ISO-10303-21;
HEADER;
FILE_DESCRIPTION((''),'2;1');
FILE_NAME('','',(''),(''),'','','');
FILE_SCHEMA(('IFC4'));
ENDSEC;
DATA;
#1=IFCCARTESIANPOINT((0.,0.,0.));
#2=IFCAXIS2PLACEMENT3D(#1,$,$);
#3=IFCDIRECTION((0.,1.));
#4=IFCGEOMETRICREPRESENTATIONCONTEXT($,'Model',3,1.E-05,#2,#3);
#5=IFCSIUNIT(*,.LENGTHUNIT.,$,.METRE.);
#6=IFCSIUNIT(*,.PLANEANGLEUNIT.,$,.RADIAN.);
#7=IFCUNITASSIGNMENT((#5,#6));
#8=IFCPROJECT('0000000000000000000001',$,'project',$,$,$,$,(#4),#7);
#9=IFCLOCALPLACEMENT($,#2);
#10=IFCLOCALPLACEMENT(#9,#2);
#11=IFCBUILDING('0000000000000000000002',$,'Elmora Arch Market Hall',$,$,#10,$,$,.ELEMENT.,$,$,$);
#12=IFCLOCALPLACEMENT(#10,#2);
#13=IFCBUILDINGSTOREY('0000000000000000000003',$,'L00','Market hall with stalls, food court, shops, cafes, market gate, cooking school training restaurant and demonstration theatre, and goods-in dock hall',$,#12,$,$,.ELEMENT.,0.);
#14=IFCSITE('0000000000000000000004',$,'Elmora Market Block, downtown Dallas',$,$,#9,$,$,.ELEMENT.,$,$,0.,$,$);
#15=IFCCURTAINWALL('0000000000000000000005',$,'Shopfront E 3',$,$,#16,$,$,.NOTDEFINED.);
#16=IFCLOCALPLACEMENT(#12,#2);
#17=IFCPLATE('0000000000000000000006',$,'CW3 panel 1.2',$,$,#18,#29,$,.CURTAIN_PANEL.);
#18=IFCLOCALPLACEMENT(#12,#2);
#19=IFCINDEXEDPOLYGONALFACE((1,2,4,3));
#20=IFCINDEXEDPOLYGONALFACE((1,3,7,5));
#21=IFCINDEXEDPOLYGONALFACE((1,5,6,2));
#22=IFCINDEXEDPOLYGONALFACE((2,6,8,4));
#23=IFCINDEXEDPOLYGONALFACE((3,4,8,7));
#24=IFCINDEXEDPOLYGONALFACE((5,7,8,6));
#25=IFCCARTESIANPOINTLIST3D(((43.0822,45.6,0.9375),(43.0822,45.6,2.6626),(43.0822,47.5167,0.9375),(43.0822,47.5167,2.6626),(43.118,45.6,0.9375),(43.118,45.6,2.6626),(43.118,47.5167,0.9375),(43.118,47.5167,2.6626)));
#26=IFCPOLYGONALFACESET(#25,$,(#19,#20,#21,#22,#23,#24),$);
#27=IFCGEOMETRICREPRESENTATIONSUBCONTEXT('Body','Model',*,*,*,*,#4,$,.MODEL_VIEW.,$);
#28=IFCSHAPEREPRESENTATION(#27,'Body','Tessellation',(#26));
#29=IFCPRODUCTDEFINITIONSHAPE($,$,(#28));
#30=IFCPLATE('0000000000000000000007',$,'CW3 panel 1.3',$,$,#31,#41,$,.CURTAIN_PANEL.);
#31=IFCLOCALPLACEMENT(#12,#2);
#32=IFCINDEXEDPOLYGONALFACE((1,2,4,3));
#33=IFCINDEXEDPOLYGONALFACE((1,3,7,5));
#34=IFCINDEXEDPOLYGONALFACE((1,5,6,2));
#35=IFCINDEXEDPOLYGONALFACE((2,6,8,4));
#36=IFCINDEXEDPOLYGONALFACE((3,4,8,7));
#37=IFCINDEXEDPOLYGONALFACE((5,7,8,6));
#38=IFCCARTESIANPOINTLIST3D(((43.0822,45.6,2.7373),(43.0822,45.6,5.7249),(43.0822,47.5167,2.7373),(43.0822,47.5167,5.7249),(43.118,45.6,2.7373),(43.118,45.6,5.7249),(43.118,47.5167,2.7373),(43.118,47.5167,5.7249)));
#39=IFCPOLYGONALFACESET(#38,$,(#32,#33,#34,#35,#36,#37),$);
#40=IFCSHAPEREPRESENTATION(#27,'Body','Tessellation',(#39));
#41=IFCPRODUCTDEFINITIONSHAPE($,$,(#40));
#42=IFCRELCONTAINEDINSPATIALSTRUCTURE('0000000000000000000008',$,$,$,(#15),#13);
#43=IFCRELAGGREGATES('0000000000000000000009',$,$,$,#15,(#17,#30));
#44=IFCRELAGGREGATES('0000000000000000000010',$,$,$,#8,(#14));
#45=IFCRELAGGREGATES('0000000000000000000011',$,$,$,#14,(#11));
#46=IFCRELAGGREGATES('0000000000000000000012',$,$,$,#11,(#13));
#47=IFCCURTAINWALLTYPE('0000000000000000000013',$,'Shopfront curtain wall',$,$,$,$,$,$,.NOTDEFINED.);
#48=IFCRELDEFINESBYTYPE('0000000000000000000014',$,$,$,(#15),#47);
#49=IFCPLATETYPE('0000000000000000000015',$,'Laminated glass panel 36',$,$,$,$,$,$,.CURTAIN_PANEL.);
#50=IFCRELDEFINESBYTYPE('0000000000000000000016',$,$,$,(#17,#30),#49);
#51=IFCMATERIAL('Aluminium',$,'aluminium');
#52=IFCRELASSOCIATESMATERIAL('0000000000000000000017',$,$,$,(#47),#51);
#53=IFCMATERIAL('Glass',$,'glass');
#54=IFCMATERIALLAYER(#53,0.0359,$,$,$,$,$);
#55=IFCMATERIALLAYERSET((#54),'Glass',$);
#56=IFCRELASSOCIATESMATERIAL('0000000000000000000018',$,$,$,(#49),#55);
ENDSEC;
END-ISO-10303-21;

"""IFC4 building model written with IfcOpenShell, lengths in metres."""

from ifc_helpers import new_model, si_unit, direction, frame, origin, origin_2d, place, context, subcontext, project, spatial, rectangle, extrude, material, layer, layer_set, type_object, element, aggregate, save


model = new_model("IFC4")

# Units and contexts
model_context = context("Model", 3, precision=1e-05, world=origin(), true_north=direction((0.0, 1.0)))
body_context = subcontext(model_context, "Body", "Model", "MODEL_VIEW")
ifc_project = project(units=[si_unit("LENGTHUNIT", "METRE"), si_unit("PLANEANGLEUNIT", "RADIAN")], contexts=[model_context])

# Site, building, storey
site_placement = place(None, origin())
site = spatial("IfcSite", under=ifc_project, at=site_placement, Name="Elmora Market Block, downtown Dallas", CompositionType="ELEMENT", RefElevation=0.0)
building_placement = place(site_placement, origin())
building = spatial("IfcBuilding", under=site, at=building_placement, Name="Elmora Arch Market Hall", CompositionType="ELEMENT")
storey_placement = place(building_placement, origin())
storey = spatial("IfcBuildingStorey", under=building, at=storey_placement, Name="L00", Description="Market hall with stalls, food court, shops, cafes, market gate, cooking school training restaurant and demonstration theatre, and goods-in dock hall", CompositionType="ELEMENT", Elevation=0.0)

# Shared definitions
ifc_material_1 = material(Name="Aluminium", Category="aluminium")
curtain_wall_type = type_object("IfcCurtainWallType", Name="Shopfront curtain wall", PredefinedType="NOTDEFINED", material=ifc_material_1)

# Curtain wall
curtain_wall_1_placement = place(storey_placement, origin())
curtain_wall_1 = element("IfcCurtainWall", 1, at=curtain_wall_1_placement, inside=storey, type_object=curtain_wall_type, Name="Shopfront E 3", PredefinedType="NOTDEFINED")

# Plates
ifc_material_2 = material(Name="Glass", Category="glass")
ifc_layer_1 = layer(ifc_material_2, 0.0359)
ifc_layer_set_1 = layer_set([ifc_layer_1], Name="Glass")
plate_type = type_object("IfcPlateType", Name="Laminated glass panel 36", PredefinedType="CURTAIN_PANEL", material=ifc_layer_set_1)
plate_1_placement = place(storey_placement, frame((43.1001, 46.5583, 0.9375), z_axis=(0.0, 0.0, 1.0), x_axis=(0.0, 1.0, 0.0)))
plate_1 = element("IfcPlate", 2, at=plate_1_placement, type_object=plate_type, Name="CW3 panel 1.2", PredefinedType="CURTAIN_PANEL", context=body_context, shape_type="SweptSolid", body=[
    extrude(rectangle(XDim=1.9167, YDim=0.0359, at=origin_2d()), origin(), (0.0, 0.0, 1.0), 1.7251),
])
plate_2_placement = place(storey_placement, frame((43.1001, 46.5583, 2.7373), z_axis=(0.0, 0.0, 1.0), x_axis=(0.0, 1.0, 0.0)))
plate_2 = element("IfcPlate", 3, at=plate_2_placement, type_object=plate_type, Name="CW3 panel 1.3", PredefinedType="CURTAIN_PANEL", context=body_context, shape_type="SweptSolid", body=[
    extrude(rectangle(XDim=1.9167, YDim=0.0359, at=origin_2d()), origin(), (0.0, 0.0, 1.0), 2.9875),
])
aggregate(curtain_wall_1, [plate_1, plate_2])

save(model, "model.ifc")
